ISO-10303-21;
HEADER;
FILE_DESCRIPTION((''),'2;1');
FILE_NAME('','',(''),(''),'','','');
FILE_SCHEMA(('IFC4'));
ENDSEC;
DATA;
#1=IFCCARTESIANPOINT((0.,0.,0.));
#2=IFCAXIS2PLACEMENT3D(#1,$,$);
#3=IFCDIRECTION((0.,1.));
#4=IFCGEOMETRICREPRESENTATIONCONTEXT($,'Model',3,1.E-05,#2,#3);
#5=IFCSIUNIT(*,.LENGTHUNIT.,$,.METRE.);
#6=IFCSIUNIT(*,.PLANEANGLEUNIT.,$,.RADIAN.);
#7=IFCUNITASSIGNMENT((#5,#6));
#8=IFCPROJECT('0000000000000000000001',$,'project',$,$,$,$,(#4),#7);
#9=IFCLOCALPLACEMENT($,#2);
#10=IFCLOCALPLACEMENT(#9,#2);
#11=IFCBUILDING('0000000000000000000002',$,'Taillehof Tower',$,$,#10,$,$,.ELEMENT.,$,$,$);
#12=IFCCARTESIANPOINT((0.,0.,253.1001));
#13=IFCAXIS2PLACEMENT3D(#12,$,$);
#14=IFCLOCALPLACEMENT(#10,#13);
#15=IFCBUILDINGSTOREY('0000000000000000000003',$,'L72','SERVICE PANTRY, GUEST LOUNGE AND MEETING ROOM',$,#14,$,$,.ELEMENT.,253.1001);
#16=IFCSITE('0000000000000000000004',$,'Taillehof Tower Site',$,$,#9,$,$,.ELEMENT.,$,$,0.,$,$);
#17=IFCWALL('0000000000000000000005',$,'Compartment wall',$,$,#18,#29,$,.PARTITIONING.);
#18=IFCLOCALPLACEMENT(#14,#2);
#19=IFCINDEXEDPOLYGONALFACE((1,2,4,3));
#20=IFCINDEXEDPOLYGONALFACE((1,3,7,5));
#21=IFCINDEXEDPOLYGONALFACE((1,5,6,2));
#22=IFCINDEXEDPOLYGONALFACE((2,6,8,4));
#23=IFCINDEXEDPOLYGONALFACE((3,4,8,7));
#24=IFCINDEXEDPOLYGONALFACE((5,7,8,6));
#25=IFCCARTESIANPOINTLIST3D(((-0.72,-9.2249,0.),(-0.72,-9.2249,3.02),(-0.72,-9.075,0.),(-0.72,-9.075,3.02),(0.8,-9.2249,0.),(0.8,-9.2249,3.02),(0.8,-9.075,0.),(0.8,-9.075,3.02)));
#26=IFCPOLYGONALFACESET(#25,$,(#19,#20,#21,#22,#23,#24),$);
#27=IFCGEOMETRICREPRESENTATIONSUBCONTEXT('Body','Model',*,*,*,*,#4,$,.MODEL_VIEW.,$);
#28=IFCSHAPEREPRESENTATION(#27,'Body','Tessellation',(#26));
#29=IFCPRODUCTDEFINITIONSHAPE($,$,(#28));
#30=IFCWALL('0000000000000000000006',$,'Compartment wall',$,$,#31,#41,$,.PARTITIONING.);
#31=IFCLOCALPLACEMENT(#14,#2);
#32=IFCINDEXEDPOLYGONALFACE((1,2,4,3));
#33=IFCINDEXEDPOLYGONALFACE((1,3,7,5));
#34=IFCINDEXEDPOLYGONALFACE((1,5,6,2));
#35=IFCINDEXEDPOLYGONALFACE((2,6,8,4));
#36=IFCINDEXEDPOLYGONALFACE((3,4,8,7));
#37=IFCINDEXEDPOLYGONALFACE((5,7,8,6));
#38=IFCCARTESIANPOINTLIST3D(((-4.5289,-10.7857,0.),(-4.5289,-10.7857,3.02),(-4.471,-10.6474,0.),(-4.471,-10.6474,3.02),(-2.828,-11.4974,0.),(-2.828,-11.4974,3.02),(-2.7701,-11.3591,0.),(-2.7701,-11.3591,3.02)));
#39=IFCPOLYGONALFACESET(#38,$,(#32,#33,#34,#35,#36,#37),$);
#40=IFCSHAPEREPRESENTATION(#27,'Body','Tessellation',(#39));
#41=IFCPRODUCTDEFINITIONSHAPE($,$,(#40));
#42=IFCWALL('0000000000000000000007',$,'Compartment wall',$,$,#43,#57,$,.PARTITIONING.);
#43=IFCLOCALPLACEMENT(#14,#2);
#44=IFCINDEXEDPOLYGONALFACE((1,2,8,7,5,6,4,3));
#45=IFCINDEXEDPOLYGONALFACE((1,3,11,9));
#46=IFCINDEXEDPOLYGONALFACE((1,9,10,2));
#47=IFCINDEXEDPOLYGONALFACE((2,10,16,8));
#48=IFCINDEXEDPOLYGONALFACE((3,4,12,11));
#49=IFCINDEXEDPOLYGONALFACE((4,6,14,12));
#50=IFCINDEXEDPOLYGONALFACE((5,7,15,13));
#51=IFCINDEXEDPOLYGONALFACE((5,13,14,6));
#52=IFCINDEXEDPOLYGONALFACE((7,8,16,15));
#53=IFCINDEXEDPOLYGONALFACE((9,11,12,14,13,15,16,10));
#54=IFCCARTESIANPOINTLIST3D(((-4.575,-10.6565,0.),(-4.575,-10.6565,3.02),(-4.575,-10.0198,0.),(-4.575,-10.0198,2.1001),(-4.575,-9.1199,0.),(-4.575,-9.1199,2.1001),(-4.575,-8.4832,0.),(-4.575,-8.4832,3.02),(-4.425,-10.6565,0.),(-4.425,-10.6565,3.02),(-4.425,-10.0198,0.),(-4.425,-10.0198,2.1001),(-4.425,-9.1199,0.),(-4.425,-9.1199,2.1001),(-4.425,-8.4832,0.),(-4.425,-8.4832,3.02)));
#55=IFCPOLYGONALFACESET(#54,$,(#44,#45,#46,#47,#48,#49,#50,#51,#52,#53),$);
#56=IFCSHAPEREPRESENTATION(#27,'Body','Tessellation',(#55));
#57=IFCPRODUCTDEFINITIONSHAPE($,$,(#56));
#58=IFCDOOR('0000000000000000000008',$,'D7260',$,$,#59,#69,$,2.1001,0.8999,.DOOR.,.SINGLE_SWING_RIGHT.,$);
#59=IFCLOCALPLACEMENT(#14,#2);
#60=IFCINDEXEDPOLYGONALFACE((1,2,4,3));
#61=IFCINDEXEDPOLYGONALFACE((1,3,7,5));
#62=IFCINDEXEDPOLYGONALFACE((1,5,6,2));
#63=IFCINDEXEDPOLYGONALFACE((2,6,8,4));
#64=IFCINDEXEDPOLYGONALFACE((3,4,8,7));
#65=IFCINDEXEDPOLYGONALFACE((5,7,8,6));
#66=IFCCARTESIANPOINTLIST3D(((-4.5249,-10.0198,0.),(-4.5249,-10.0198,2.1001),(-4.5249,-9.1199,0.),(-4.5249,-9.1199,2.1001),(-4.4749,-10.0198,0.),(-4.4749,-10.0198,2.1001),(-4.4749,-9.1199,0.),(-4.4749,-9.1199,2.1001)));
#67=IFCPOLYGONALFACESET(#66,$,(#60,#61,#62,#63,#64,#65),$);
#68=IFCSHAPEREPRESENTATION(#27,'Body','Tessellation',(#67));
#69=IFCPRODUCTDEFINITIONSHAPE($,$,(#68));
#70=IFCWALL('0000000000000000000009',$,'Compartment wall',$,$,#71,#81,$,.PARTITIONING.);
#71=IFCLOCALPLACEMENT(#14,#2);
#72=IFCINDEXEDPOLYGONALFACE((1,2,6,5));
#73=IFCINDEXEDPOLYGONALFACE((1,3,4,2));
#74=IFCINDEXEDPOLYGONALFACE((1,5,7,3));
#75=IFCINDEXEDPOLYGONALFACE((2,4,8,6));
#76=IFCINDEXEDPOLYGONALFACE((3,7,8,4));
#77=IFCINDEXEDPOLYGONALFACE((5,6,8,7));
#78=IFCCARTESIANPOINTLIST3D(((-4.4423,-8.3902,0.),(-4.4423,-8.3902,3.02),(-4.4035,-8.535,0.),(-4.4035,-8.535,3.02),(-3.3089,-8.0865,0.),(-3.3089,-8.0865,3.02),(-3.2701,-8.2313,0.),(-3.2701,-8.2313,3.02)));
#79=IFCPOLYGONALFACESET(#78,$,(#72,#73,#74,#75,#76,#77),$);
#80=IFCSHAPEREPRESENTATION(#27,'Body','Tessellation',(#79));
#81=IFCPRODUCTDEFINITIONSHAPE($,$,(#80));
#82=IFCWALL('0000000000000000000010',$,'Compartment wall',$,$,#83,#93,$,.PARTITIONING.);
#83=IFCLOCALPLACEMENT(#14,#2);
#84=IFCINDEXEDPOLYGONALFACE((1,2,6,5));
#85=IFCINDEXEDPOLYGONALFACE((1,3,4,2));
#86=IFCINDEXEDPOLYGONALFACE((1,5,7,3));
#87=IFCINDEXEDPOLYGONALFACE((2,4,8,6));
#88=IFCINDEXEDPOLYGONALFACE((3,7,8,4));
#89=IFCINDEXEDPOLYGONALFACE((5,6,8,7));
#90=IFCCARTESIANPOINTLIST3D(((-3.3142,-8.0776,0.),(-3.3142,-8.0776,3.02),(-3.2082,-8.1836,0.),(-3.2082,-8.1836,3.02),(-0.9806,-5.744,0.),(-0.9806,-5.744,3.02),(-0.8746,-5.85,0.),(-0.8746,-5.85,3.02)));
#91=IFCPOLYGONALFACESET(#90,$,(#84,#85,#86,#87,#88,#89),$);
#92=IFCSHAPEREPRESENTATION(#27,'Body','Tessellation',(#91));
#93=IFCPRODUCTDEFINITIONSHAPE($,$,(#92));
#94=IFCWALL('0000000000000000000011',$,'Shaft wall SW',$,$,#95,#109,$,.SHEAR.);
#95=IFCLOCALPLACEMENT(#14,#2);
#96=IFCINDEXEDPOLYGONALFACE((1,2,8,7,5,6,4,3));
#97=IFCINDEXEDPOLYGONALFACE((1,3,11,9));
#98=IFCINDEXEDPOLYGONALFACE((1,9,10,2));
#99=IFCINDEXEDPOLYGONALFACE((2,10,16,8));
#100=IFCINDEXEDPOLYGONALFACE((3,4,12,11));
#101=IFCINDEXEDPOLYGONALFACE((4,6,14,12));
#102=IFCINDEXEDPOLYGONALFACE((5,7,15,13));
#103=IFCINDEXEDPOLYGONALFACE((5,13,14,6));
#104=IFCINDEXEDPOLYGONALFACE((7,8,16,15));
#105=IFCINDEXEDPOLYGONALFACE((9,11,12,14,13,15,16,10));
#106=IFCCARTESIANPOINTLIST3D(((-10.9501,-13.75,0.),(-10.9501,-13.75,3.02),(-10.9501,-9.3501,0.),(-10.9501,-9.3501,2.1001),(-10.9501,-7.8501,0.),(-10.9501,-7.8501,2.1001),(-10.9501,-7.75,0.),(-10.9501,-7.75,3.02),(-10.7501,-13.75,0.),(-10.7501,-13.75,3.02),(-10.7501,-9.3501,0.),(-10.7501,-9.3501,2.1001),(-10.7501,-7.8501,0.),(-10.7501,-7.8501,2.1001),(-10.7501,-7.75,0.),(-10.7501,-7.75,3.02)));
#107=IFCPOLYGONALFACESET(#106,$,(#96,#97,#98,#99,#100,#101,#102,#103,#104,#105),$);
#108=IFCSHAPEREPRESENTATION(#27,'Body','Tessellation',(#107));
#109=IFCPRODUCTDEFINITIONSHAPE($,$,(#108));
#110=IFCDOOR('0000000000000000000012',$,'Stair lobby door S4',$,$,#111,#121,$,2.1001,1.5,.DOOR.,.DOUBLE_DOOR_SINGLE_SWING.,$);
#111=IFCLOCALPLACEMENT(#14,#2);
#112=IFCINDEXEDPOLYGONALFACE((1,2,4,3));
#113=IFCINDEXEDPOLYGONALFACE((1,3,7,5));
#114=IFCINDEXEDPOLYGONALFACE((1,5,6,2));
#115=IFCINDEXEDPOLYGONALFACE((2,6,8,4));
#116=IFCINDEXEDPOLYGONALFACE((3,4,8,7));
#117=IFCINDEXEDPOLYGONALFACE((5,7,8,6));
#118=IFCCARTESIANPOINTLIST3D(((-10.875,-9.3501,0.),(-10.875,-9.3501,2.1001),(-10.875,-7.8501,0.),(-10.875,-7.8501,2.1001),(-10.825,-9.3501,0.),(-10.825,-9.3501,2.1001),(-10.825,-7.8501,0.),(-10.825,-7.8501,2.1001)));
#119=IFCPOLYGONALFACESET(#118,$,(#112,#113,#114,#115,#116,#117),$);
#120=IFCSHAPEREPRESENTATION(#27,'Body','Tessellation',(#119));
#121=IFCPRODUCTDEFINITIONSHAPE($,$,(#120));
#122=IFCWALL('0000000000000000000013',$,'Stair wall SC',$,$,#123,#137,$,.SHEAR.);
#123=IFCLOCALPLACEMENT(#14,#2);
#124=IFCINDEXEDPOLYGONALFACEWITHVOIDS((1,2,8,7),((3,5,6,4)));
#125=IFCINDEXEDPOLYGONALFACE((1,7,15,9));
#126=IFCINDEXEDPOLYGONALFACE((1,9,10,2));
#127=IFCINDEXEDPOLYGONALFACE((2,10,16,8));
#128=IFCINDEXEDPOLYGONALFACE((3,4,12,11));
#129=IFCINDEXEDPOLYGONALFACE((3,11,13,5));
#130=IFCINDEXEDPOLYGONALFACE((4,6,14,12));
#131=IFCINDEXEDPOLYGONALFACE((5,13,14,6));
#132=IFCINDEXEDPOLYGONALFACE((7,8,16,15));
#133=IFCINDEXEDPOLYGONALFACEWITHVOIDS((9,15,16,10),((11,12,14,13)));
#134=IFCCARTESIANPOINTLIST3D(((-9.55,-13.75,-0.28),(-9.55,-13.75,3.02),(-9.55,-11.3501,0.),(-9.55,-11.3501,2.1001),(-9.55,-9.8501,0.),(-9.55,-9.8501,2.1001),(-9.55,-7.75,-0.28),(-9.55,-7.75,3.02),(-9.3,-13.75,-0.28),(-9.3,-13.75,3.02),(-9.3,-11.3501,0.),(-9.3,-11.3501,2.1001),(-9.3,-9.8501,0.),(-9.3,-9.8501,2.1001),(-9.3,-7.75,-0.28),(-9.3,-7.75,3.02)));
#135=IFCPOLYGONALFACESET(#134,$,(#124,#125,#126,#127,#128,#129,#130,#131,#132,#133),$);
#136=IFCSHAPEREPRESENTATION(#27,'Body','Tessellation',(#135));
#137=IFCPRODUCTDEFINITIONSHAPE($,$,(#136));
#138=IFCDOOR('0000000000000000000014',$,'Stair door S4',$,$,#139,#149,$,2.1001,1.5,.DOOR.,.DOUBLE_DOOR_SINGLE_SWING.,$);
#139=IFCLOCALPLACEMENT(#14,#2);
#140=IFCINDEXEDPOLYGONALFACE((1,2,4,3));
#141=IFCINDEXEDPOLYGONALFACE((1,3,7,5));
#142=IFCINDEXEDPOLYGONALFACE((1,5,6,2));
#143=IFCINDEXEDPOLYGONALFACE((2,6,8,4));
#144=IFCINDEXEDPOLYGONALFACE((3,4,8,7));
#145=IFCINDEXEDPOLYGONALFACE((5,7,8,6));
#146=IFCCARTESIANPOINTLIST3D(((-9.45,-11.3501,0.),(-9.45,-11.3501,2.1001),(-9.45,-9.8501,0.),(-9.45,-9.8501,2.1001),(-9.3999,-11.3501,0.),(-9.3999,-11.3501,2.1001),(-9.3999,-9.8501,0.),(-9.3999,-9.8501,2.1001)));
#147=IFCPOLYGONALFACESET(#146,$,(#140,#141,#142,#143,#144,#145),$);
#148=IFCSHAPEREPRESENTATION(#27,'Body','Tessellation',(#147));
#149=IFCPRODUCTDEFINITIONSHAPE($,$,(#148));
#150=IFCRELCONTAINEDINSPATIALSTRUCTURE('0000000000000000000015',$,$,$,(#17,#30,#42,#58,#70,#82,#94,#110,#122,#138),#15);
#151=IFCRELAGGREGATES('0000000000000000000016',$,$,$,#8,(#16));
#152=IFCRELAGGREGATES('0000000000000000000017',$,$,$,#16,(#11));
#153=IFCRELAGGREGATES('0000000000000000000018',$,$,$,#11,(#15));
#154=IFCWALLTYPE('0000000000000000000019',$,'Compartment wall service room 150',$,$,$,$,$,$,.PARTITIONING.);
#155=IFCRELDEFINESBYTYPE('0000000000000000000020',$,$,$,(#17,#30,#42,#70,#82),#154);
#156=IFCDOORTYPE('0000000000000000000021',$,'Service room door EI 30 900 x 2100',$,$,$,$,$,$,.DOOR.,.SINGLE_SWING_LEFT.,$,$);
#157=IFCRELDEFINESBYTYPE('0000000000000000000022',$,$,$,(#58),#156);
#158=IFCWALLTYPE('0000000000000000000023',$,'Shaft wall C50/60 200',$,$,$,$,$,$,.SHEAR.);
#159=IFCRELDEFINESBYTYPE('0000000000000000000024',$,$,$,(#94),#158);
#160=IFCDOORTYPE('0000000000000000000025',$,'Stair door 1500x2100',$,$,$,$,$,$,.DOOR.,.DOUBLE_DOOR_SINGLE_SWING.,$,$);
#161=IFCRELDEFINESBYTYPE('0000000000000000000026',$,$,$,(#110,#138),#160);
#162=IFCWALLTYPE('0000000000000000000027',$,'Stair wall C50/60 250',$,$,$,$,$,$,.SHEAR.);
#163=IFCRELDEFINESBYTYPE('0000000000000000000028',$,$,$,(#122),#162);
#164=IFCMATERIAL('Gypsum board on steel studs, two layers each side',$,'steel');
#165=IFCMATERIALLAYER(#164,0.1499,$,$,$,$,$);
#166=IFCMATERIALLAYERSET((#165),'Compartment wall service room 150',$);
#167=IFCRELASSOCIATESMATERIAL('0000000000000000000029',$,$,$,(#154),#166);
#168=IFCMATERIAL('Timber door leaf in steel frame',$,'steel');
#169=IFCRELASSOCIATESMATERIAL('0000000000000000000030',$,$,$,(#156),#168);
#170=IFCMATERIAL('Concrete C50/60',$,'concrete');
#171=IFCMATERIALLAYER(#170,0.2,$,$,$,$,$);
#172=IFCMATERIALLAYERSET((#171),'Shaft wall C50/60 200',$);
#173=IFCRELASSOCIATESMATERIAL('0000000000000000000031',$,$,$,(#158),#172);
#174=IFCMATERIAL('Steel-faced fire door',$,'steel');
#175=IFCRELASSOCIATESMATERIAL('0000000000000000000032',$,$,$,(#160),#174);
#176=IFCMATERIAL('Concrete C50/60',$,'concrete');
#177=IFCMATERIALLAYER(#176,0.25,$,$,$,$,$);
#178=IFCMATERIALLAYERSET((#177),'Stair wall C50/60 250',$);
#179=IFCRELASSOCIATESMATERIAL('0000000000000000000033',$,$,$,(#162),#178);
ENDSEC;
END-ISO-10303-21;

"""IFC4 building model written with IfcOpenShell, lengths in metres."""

from ifc_helpers import new_model, si_unit, direction, frame, frame_2d, origin, place, context, subcontext, project, spatial, rectangle, extrude, material, layer, layer_set, type_object, element, fill, save


model = new_model("IFC4")

# Units and contexts
model_context = context("Model", 3, precision=1e-05, world=origin(), true_north=direction((0.0, 1.0)))
body_context = subcontext(model_context, "Body", "Model", "MODEL_VIEW")
ifc_project = project(units=[si_unit("LENGTHUNIT", "METRE"), si_unit("PLANEANGLEUNIT", "RADIAN")], contexts=[model_context])

# Site, building, storey
site_placement = place(None, origin())
site = spatial("IfcSite", under=ifc_project, at=site_placement, Name="Taillehof Tower Site", CompositionType="ELEMENT", RefElevation=0.0)
building_placement = place(site_placement, origin())
building = spatial("IfcBuilding", under=site, at=building_placement, Name="Taillehof Tower", CompositionType="ELEMENT")
storey_placement = place(building_placement, frame((0.0, 0.0, 253.1001)))
storey = spatial("IfcBuildingStorey", under=building, at=storey_placement, Name="L72", Description="SERVICE PANTRY, GUEST LOUNGE AND MEETING ROOM", CompositionType="ELEMENT", Elevation=253.1001)

# Walls
ifc_material_1 = material(Name="Gypsum board on steel studs, two layers each side", Category="steel")
ifc_layer_1 = layer(ifc_material_1, 0.1499)
ifc_layer_set_1 = layer_set([ifc_layer_1], Name="Compartment wall service room 150")
wall_type_1 = type_object("IfcWallType", Name="Compartment wall service room 150", PredefinedType="PARTITIONING", material=ifc_layer_set_1)
wall_1_placement = place(storey_placement, frame((-0.72, -9.1499, 0.0), z_axis=(0.0, 0.0, 1.0), x_axis=(1.0, 0.0, 0.0)))
element("IfcWall", 1, at=wall_1_placement, inside=storey, type_object=wall_type_1, Name="Compartment wall", PredefinedType="PARTITIONING", context=body_context, shape_type="SweptSolid", body=[
    extrude(rectangle(XDim=1.52, YDim=0.1499, at=frame_2d((0.76, 0.0))), origin(), (0.0, 0.0, 1.0), 3.02),
])
wall_2_placement = place(storey_placement, frame((-2.7991, -11.4282, 0.0), z_axis=(0.0, 0.0, 1.0), x_axis=(-0.922508, 0.385978, 0.0)))
element("IfcWall", 2, at=wall_2_placement, inside=storey, type_object=wall_type_1, Name="Compartment wall", PredefinedType="PARTITIONING", context=body_context, shape_type="SweptSolid", body=[
    extrude(rectangle(XDim=1.8438, YDim=0.1499, at=frame_2d((0.9219, 0.0))), origin(), (0.0, 0.0, 1.0), 3.02),
])

# Wall, opening, door
wall_3_placement = place(storey_placement, frame((-4.5, -10.6565, 0.0), z_axis=(0.0, 0.0, 1.0), x_axis=(0.0, 1.0, 0.0)))
wall_3 = element("IfcWall", 3, at=wall_3_placement, inside=storey, type_object=wall_type_1, Name="Compartment wall", PredefinedType="PARTITIONING", context=body_context, shape_type="SweptSolid", body=[
    extrude(rectangle(XDim=2.1733, YDim=0.1499, at=frame_2d((1.0867, 0.0))), origin(), (0.0, 0.0, 1.0), 3.02),
])
opening_1_placement = place(wall_3_placement, frame((0.6367, 0.0, 0.0)))
opening_1 = element("IfcOpeningElement", 4, at=opening_1_placement, cuts=wall_3, PredefinedType="OPENING", context=body_context, shape_type="SweptSolid", body=[
    extrude(rectangle(XDim=0.8999, YDim=2.1001, at=frame_2d((0.45, 1.05))), frame((0.0, 0.085, 0.0), z_axis=(0.0, -1.0, 0.0), x_axis=(1.0, 0.0, 0.0)), (0.0, 0.0, 1.0), 0.1699),
])
ifc_material_2 = material(Name="Timber door leaf in steel frame", Category="steel")
door_type_1 = type_object("IfcDoorType", Name="Service room door EI 30 900 x 2100", OperationType="SINGLE_SWING_LEFT", PredefinedType="DOOR", material=ifc_material_2)
door_1_placement = place(opening_1_placement, origin())
door_1 = element("IfcDoor", 5, at=door_1_placement, inside=storey, type_object=door_type_1, Name="D7260", OperationType="SINGLE_SWING_RIGHT", OverallHeight=2.1001, OverallWidth=0.8999, PredefinedType="DOOR", context=body_context, shape_type="SweptSolid", body=[
    extrude(rectangle(XDim=0.8999, YDim=2.1001, at=frame_2d((0.45, 1.05))), frame((0.0, 0.0249, 0.0), z_axis=(0.0, -1.0, 0.0), x_axis=(1.0, 0.0, 0.0)), (0.0, 0.0, 1.0), 0.05),
])
fill(opening_1, door_1)

# Walls
wall_4_placement = place(storey_placement, frame((-4.4229, -8.4626, 0.0), z_axis=(0.0, 0.0, 1.0), x_axis=(0.965916, 0.258854, 0.0)))
element("IfcWall", 6, at=wall_4_placement, inside=storey, type_object=wall_type_1, Name="Compartment wall", PredefinedType="PARTITIONING", context=body_context, shape_type="SweptSolid", body=[
    extrude(rectangle(XDim=1.1733, YDim=0.1499, at=frame_2d((0.5867, 0.0))), origin(), (0.0, 0.0, 1.0), 3.02),
])
wall_5_placement = place(storey_placement, frame((-3.2612, -8.1306, 0.0), z_axis=(0.0, 0.0, 1.0), x_axis=(0.707107, 0.707107, 0.0)))
element("IfcWall", 7, at=wall_5_placement, inside=storey, type_object=wall_type_1, Name="Compartment wall", PredefinedType="PARTITIONING", context=body_context, shape_type="SweptSolid", body=[
    extrude(rectangle(XDim=3.3003, YDim=0.1499, at=frame_2d((1.6501, 0.0))), origin(), (0.0, 0.0, 1.0), 3.02),
])

# Walls, openings, doors
ifc_material_3 = material(Name="Concrete C50/60", Category="concrete")
ifc_layer_2 = layer(ifc_material_3, 0.2)
ifc_layer_set_2 = layer_set([ifc_layer_2], Name="Shaft wall C50/60 200")
wall_type_2 = type_object("IfcWallType", Name="Shaft wall C50/60 200", PredefinedType="SHEAR", material=ifc_layer_set_2)
wall_6_placement = place(storey_placement, frame((-10.8501, -13.75, 0.0), z_axis=(0.0, 0.0, 1.0), x_axis=(0.0, 1.0, 0.0)))
wall_6 = element("IfcWall", 8, at=wall_6_placement, inside=storey, type_object=wall_type_2, Name="Shaft wall SW", PredefinedType="SHEAR", context=body_context, shape_type="SweptSolid", body=[
    extrude(rectangle(XDim=6.0, YDim=0.2, at=frame_2d((3.0, 0.0))), origin(), (0.0, 0.0, 1.0), 3.02),
])
opening_2_placement = place(wall_6_placement, frame((4.3999, 0.0, 0.0)))
opening_2 = element("IfcOpeningElement", 9, at=opening_2_placement, cuts=wall_6, PredefinedType="OPENING", context=body_context, shape_type="SweptSolid", body=[
    extrude(rectangle(XDim=1.5, YDim=2.1001, at=frame_2d((0.75, 1.05))), frame((0.0, 0.1099, 0.0), z_axis=(0.0, -1.0, 0.0), x_axis=(1.0, 0.0, 0.0)), (0.0, 0.0, 1.0), 0.22),
])
ifc_material_4 = material(Name="Steel-faced fire door", Category="steel")
door_type_2 = type_object("IfcDoorType", Name="Stair door 1500x2100", OperationType="DOUBLE_DOOR_SINGLE_SWING", PredefinedType="DOOR", material=ifc_material_4)
door_2_placement = place(opening_2_placement, origin())
door_2 = element("IfcDoor", 10, at=door_2_placement, inside=storey, type_object=door_type_2, Name="Stair lobby door S4", OperationType="DOUBLE_DOOR_SINGLE_SWING", OverallHeight=2.1001, OverallWidth=1.5, PredefinedType="DOOR", context=body_context, shape_type="SweptSolid", body=[
    extrude(rectangle(XDim=1.5, YDim=2.1001, at=frame_2d((0.75, 1.05))), frame((0.0, 0.0249, 0.0), z_axis=(0.0, -1.0, 0.0), x_axis=(1.0, 0.0, 0.0)), (0.0, 0.0, 1.0), 0.05),
])
fill(opening_2, door_2)
ifc_material_5 = material(Name="Concrete C50/60", Category="concrete")
ifc_layer_3 = layer(ifc_material_5, 0.25)
ifc_layer_set_3 = layer_set([ifc_layer_3], Name="Stair wall C50/60 250")
wall_type_3 = type_object("IfcWallType", Name="Stair wall C50/60 250", PredefinedType="SHEAR", material=ifc_layer_set_3)
wall_7_placement = place(storey_placement, frame((-9.425, -13.75, -0.28), z_axis=(0.0, 0.0, 1.0), x_axis=(0.0, 1.0, 0.0)))
wall_7 = element("IfcWall", 11, at=wall_7_placement, inside=storey, type_object=wall_type_3, Name="Stair wall SC", PredefinedType="SHEAR", context=body_context, shape_type="SweptSolid", body=[
    extrude(rectangle(XDim=6.0, YDim=0.25, at=frame_2d((3.0, 0.0))), origin(), (0.0, 0.0, 1.0), 3.3),
])
opening_3_placement = place(wall_7_placement, frame((2.3999, 0.0, 0.28)))
opening_3 = element("IfcOpeningElement", 12, at=opening_3_placement, cuts=wall_7, PredefinedType="OPENING", context=body_context, shape_type="SweptSolid", body=[
    extrude(rectangle(XDim=1.5, YDim=2.1001, at=frame_2d((0.75, 1.05))), frame((0.0, 0.135, 0.0), z_axis=(0.0, -1.0, 0.0), x_axis=(1.0, 0.0, 0.0)), (0.0, 0.0, 1.0), 0.27),
])
door_3_placement = place(opening_3_placement, origin())
door_3 = element("IfcDoor", 13, at=door_3_placement, inside=storey, type_object=door_type_2, Name="Stair door S4", OperationType="DOUBLE_DOOR_SINGLE_SWING", OverallHeight=2.1001, OverallWidth=1.5, PredefinedType="DOOR", context=body_context, shape_type="SweptSolid", body=[
    extrude(rectangle(XDim=1.5, YDim=2.1001, at=frame_2d((0.75, 1.05))), frame((0.0, 0.0249, 0.0), z_axis=(0.0, -1.0, 0.0), x_axis=(1.0, 0.0, 0.0)), (0.0, 0.0, 1.0), 0.05),
])
fill(opening_3, door_3)

save(model, "model.ifc")
